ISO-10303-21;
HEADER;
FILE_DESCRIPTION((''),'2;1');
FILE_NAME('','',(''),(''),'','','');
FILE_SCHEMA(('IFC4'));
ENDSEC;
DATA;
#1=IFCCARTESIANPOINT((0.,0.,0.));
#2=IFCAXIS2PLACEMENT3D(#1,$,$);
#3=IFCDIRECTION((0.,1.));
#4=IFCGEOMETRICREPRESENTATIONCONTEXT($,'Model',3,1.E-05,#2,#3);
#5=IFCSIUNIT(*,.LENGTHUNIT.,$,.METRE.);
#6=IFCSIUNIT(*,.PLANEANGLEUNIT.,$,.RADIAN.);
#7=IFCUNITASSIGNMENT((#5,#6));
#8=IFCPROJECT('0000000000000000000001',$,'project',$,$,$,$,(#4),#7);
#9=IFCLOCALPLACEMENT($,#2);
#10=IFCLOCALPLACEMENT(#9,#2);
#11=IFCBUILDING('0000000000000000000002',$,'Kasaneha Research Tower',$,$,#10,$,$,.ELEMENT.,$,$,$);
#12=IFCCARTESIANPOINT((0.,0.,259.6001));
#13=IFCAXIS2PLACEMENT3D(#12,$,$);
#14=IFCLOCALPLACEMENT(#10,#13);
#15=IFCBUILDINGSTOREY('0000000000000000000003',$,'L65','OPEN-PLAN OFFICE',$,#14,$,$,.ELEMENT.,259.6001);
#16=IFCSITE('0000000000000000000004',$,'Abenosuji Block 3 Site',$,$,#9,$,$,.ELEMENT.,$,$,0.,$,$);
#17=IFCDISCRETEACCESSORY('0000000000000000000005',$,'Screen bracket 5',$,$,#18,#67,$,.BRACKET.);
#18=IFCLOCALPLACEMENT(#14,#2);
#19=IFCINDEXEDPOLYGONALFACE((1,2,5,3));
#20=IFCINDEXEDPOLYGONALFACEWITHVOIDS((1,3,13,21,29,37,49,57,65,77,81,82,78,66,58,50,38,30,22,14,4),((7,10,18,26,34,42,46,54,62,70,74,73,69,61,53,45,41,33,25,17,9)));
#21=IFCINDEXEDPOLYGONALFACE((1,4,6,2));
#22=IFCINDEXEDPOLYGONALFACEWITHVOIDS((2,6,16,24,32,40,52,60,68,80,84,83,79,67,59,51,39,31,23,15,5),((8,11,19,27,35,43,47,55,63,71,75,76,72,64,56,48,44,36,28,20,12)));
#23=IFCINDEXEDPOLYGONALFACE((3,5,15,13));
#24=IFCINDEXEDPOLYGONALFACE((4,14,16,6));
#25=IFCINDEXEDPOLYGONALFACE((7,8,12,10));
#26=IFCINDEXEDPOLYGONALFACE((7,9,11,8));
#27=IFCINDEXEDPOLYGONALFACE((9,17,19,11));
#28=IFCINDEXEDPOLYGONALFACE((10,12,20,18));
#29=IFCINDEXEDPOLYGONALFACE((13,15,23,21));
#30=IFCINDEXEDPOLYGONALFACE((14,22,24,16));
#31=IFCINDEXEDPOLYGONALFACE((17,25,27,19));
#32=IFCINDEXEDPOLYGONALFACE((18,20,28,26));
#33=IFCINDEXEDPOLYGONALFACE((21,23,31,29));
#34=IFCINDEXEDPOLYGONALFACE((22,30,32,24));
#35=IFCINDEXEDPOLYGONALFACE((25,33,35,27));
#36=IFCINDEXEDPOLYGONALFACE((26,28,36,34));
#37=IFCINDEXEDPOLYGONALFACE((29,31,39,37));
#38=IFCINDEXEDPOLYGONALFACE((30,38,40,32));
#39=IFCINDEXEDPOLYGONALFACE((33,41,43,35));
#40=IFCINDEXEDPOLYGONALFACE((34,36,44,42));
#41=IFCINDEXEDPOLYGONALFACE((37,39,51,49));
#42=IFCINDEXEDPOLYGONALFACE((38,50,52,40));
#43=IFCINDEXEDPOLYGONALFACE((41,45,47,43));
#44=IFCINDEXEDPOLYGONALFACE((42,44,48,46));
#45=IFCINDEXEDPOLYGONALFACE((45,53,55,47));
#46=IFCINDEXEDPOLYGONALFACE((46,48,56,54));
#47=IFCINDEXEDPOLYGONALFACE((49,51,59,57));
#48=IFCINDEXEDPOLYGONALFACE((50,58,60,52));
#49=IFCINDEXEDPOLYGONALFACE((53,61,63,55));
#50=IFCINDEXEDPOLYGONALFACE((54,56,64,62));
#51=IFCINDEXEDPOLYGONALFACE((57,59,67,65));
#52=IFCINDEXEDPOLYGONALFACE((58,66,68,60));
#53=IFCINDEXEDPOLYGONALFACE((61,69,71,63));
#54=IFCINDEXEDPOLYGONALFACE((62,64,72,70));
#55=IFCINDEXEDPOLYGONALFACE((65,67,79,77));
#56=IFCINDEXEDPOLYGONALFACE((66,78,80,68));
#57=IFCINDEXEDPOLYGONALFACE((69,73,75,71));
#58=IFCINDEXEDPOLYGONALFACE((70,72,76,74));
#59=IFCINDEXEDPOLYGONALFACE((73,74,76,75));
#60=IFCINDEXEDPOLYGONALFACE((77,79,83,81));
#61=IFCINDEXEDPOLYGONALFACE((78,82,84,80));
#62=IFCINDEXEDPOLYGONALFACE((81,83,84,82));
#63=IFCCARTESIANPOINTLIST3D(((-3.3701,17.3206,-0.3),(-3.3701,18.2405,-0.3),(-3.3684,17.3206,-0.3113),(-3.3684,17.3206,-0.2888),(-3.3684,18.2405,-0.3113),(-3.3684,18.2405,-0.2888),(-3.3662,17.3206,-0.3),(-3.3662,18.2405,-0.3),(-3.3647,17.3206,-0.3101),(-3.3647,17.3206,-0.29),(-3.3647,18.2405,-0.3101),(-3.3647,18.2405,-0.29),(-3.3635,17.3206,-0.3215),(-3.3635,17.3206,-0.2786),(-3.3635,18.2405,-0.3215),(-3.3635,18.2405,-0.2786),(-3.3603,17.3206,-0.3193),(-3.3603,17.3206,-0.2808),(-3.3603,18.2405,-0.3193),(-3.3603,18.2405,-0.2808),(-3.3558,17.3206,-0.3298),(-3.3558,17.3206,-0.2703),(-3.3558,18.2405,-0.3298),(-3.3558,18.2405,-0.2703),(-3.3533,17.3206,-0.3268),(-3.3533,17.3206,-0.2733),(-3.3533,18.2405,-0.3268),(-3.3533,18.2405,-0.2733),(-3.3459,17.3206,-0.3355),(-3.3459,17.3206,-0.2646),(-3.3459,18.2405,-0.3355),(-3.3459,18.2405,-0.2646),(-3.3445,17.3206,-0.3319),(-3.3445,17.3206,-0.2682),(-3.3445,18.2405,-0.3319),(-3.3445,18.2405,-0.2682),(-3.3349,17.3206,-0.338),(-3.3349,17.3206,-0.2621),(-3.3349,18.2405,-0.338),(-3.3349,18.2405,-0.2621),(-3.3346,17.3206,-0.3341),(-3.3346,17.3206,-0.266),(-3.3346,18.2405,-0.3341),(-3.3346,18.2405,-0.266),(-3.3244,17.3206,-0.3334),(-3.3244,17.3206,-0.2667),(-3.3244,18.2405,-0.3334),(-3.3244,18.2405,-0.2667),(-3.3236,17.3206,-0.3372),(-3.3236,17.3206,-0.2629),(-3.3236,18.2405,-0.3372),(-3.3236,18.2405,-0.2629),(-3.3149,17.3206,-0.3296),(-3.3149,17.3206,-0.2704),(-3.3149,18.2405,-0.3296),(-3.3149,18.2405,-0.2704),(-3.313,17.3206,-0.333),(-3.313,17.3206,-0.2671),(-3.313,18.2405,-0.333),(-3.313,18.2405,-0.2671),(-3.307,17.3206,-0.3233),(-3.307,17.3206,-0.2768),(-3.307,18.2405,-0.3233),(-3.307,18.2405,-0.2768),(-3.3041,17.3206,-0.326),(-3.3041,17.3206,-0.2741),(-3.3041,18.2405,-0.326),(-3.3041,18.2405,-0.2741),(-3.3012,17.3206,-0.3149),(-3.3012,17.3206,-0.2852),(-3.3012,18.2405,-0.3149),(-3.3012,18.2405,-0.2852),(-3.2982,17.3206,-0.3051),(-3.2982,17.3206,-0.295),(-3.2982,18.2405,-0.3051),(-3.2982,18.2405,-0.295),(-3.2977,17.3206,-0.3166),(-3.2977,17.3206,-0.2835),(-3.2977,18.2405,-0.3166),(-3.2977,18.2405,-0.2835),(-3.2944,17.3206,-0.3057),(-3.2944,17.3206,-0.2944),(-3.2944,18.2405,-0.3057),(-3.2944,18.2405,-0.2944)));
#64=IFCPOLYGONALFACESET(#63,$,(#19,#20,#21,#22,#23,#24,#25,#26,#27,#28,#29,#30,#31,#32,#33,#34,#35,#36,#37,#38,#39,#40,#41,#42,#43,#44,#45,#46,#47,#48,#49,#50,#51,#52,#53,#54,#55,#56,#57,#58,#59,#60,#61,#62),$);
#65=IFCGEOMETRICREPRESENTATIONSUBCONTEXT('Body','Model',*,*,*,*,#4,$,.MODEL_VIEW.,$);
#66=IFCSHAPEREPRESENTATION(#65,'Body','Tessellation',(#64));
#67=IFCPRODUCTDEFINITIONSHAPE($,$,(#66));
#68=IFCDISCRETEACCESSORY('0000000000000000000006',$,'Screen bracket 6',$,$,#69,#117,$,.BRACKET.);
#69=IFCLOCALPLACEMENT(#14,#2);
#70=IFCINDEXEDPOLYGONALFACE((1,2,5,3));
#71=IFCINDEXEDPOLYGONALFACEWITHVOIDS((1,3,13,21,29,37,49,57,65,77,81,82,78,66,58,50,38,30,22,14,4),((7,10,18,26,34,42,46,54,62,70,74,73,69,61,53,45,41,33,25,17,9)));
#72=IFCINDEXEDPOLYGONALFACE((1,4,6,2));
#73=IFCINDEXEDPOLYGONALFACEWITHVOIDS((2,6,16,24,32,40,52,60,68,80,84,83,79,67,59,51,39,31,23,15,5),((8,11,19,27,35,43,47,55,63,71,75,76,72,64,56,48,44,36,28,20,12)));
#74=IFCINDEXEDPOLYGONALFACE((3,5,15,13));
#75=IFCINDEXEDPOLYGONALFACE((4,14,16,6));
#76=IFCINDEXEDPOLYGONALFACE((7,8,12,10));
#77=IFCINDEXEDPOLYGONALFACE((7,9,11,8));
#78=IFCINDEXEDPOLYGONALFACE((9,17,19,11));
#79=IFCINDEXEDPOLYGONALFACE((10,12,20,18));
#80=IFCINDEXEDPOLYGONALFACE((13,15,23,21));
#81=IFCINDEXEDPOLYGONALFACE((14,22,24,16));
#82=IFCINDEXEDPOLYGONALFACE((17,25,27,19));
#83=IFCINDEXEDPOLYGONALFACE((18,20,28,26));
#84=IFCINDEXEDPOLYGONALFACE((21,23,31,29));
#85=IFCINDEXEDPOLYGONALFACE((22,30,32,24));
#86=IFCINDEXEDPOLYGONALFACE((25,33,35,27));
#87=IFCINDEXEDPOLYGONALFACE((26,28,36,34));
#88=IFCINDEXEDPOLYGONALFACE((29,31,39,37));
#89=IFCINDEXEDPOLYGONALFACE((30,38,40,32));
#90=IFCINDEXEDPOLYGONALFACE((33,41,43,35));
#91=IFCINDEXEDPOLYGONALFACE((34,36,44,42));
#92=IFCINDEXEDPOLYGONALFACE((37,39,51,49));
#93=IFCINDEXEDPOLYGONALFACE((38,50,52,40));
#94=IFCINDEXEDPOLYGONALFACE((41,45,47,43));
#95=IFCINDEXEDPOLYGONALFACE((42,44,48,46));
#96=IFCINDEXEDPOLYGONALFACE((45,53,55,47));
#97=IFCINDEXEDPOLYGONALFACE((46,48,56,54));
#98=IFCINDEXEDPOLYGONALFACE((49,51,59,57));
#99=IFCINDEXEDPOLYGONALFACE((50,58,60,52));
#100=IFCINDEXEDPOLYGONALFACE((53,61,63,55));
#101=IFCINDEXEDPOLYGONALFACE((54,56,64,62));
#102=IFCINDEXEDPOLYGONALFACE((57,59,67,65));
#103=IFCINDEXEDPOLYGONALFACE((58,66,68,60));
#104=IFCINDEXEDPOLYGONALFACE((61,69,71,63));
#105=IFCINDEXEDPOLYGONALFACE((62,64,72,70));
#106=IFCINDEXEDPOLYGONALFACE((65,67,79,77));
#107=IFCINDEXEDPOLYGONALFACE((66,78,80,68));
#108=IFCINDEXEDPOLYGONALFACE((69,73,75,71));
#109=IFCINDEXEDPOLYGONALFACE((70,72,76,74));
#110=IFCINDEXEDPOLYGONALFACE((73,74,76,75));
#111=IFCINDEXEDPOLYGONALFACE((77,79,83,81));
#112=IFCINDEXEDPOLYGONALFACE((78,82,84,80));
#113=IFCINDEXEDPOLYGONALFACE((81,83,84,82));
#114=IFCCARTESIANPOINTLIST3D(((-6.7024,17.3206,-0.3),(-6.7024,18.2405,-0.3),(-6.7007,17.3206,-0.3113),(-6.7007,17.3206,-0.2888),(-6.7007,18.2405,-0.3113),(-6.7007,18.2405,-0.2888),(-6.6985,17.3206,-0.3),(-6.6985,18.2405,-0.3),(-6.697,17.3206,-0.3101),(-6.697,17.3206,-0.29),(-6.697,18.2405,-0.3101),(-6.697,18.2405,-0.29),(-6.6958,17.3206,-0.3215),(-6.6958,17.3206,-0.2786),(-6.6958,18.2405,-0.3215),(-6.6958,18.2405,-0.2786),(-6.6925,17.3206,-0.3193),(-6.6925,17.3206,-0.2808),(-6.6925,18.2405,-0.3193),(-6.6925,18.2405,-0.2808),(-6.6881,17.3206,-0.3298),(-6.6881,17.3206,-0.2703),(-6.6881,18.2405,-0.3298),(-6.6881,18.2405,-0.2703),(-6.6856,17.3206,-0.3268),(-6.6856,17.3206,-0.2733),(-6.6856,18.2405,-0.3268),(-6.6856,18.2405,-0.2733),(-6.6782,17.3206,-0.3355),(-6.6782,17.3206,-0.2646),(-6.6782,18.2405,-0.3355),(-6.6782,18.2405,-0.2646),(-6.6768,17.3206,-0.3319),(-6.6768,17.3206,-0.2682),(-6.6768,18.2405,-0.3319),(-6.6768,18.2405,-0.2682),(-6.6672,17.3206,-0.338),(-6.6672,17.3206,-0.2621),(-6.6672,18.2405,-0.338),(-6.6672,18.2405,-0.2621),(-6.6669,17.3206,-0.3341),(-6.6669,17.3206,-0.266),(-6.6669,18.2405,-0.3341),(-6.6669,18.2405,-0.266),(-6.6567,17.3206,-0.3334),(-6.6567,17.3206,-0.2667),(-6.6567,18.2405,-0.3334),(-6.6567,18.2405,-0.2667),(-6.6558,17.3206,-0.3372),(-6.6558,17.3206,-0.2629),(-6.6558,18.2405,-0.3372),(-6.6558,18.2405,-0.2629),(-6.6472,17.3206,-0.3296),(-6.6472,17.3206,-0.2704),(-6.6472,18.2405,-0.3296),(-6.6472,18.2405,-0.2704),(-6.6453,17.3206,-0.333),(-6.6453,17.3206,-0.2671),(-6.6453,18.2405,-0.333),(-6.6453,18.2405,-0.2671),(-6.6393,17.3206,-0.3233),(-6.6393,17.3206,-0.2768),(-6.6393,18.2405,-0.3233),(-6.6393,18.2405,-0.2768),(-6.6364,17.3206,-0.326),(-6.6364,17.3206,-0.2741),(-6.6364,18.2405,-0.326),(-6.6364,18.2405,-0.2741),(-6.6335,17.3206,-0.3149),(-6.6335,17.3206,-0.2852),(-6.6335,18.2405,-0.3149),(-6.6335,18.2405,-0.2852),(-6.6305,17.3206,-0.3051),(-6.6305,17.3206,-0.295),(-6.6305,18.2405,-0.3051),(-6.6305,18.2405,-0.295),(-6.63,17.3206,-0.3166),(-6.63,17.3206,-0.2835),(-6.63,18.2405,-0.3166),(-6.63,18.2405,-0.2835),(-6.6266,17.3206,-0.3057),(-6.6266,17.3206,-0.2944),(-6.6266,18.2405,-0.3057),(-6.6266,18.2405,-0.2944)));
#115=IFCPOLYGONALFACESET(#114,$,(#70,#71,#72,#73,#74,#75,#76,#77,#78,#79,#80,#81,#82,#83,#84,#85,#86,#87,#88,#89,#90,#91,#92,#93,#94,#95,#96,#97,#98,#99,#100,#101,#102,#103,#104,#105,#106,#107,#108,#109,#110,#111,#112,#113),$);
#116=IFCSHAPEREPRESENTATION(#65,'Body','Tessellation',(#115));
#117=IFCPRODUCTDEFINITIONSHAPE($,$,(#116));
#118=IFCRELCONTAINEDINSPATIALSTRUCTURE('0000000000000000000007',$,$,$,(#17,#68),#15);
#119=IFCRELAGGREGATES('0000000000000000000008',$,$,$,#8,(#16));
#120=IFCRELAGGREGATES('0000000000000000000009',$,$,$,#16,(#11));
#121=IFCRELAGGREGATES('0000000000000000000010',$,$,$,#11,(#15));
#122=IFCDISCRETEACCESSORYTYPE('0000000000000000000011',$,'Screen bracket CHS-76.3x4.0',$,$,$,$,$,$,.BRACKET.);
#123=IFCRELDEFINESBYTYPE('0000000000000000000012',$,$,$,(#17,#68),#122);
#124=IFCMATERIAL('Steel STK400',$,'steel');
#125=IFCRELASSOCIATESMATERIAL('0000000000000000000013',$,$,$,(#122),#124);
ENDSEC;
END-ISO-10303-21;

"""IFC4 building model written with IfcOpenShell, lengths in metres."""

from ifc_helpers import new_model, si_unit, direction, frame, origin, origin_2d, place, context, subcontext, project, spatial, hollow_circle, extrude, material, material_profile, profile_set, type_object, element, save


model = new_model("IFC4")

# Units and contexts
model_context = context("Model", 3, precision=1e-05, world=origin(), true_north=direction((0.0, 1.0)))
body_context = subcontext(model_context, "Body", "Model", "MODEL_VIEW")
ifc_project = project(units=[si_unit("LENGTHUNIT", "METRE"), si_unit("PLANEANGLEUNIT", "RADIAN")], contexts=[model_context])

# Site, building, storey
site_placement = place(None, origin())
site = spatial("IfcSite", under=ifc_project, at=site_placement, Name="Abenosuji Block 3 Site", CompositionType="ELEMENT", RefElevation=0.0)
building_placement = place(site_placement, origin())
building = spatial("IfcBuilding", under=site, at=building_placement, Name="Kasaneha Research Tower", CompositionType="ELEMENT")
storey_placement = place(building_placement, frame((0.0, 0.0, 259.6001)))
storey = spatial("IfcBuildingStorey", under=building, at=storey_placement, Name="L65", Description="OPEN-PLAN OFFICE", CompositionType="ELEMENT", Elevation=259.6001)

# Discrete accessories
ifc_material_1 = material(Name="Steel STK400", Category="steel")
ifc_material_profile_1 = material_profile(ifc_material_1, hollow_circle(Radius=0.0381, WallThickness=0.0039, at=origin_2d()), Name="CHS-76.3x4.0")
ifc_profile_set_1 = profile_set([ifc_material_profile_1], Name="Steel STK400")
discrete_accessory_type = type_object("IfcDiscreteAccessoryType", Name="Screen bracket CHS-76.3x4.0", PredefinedType="BRACKET", material=ifc_profile_set_1)
for number, where, z_axis, x_axis, name in (
    (1, (-3.332, 17.3206, -0.3), (0.0, 1.0, 0.0), (-1.0, 0.0, 0.0), "Screen bracket 5"),
    (2, (-6.6643, 17.3206, -0.3), (0.0, 1.0, 0.0), (-1.0, 0.0, 0.0), "Screen bracket 6"),
):
    element("IfcDiscreteAccessory", number, at=place(storey_placement, frame(where, z_axis=z_axis, x_axis=x_axis)), inside=storey, type_object=discrete_accessory_type, Name=name, PredefinedType="BRACKET", context=body_context, shape_type="SweptSolid", body=[
        extrude(hollow_circle(Radius=0.0381, WallThickness=0.0039, at=origin_2d()), origin(), (0.0, 0.0, 1.0), 0.9199),
    ])

save(model, "model.ifc")
